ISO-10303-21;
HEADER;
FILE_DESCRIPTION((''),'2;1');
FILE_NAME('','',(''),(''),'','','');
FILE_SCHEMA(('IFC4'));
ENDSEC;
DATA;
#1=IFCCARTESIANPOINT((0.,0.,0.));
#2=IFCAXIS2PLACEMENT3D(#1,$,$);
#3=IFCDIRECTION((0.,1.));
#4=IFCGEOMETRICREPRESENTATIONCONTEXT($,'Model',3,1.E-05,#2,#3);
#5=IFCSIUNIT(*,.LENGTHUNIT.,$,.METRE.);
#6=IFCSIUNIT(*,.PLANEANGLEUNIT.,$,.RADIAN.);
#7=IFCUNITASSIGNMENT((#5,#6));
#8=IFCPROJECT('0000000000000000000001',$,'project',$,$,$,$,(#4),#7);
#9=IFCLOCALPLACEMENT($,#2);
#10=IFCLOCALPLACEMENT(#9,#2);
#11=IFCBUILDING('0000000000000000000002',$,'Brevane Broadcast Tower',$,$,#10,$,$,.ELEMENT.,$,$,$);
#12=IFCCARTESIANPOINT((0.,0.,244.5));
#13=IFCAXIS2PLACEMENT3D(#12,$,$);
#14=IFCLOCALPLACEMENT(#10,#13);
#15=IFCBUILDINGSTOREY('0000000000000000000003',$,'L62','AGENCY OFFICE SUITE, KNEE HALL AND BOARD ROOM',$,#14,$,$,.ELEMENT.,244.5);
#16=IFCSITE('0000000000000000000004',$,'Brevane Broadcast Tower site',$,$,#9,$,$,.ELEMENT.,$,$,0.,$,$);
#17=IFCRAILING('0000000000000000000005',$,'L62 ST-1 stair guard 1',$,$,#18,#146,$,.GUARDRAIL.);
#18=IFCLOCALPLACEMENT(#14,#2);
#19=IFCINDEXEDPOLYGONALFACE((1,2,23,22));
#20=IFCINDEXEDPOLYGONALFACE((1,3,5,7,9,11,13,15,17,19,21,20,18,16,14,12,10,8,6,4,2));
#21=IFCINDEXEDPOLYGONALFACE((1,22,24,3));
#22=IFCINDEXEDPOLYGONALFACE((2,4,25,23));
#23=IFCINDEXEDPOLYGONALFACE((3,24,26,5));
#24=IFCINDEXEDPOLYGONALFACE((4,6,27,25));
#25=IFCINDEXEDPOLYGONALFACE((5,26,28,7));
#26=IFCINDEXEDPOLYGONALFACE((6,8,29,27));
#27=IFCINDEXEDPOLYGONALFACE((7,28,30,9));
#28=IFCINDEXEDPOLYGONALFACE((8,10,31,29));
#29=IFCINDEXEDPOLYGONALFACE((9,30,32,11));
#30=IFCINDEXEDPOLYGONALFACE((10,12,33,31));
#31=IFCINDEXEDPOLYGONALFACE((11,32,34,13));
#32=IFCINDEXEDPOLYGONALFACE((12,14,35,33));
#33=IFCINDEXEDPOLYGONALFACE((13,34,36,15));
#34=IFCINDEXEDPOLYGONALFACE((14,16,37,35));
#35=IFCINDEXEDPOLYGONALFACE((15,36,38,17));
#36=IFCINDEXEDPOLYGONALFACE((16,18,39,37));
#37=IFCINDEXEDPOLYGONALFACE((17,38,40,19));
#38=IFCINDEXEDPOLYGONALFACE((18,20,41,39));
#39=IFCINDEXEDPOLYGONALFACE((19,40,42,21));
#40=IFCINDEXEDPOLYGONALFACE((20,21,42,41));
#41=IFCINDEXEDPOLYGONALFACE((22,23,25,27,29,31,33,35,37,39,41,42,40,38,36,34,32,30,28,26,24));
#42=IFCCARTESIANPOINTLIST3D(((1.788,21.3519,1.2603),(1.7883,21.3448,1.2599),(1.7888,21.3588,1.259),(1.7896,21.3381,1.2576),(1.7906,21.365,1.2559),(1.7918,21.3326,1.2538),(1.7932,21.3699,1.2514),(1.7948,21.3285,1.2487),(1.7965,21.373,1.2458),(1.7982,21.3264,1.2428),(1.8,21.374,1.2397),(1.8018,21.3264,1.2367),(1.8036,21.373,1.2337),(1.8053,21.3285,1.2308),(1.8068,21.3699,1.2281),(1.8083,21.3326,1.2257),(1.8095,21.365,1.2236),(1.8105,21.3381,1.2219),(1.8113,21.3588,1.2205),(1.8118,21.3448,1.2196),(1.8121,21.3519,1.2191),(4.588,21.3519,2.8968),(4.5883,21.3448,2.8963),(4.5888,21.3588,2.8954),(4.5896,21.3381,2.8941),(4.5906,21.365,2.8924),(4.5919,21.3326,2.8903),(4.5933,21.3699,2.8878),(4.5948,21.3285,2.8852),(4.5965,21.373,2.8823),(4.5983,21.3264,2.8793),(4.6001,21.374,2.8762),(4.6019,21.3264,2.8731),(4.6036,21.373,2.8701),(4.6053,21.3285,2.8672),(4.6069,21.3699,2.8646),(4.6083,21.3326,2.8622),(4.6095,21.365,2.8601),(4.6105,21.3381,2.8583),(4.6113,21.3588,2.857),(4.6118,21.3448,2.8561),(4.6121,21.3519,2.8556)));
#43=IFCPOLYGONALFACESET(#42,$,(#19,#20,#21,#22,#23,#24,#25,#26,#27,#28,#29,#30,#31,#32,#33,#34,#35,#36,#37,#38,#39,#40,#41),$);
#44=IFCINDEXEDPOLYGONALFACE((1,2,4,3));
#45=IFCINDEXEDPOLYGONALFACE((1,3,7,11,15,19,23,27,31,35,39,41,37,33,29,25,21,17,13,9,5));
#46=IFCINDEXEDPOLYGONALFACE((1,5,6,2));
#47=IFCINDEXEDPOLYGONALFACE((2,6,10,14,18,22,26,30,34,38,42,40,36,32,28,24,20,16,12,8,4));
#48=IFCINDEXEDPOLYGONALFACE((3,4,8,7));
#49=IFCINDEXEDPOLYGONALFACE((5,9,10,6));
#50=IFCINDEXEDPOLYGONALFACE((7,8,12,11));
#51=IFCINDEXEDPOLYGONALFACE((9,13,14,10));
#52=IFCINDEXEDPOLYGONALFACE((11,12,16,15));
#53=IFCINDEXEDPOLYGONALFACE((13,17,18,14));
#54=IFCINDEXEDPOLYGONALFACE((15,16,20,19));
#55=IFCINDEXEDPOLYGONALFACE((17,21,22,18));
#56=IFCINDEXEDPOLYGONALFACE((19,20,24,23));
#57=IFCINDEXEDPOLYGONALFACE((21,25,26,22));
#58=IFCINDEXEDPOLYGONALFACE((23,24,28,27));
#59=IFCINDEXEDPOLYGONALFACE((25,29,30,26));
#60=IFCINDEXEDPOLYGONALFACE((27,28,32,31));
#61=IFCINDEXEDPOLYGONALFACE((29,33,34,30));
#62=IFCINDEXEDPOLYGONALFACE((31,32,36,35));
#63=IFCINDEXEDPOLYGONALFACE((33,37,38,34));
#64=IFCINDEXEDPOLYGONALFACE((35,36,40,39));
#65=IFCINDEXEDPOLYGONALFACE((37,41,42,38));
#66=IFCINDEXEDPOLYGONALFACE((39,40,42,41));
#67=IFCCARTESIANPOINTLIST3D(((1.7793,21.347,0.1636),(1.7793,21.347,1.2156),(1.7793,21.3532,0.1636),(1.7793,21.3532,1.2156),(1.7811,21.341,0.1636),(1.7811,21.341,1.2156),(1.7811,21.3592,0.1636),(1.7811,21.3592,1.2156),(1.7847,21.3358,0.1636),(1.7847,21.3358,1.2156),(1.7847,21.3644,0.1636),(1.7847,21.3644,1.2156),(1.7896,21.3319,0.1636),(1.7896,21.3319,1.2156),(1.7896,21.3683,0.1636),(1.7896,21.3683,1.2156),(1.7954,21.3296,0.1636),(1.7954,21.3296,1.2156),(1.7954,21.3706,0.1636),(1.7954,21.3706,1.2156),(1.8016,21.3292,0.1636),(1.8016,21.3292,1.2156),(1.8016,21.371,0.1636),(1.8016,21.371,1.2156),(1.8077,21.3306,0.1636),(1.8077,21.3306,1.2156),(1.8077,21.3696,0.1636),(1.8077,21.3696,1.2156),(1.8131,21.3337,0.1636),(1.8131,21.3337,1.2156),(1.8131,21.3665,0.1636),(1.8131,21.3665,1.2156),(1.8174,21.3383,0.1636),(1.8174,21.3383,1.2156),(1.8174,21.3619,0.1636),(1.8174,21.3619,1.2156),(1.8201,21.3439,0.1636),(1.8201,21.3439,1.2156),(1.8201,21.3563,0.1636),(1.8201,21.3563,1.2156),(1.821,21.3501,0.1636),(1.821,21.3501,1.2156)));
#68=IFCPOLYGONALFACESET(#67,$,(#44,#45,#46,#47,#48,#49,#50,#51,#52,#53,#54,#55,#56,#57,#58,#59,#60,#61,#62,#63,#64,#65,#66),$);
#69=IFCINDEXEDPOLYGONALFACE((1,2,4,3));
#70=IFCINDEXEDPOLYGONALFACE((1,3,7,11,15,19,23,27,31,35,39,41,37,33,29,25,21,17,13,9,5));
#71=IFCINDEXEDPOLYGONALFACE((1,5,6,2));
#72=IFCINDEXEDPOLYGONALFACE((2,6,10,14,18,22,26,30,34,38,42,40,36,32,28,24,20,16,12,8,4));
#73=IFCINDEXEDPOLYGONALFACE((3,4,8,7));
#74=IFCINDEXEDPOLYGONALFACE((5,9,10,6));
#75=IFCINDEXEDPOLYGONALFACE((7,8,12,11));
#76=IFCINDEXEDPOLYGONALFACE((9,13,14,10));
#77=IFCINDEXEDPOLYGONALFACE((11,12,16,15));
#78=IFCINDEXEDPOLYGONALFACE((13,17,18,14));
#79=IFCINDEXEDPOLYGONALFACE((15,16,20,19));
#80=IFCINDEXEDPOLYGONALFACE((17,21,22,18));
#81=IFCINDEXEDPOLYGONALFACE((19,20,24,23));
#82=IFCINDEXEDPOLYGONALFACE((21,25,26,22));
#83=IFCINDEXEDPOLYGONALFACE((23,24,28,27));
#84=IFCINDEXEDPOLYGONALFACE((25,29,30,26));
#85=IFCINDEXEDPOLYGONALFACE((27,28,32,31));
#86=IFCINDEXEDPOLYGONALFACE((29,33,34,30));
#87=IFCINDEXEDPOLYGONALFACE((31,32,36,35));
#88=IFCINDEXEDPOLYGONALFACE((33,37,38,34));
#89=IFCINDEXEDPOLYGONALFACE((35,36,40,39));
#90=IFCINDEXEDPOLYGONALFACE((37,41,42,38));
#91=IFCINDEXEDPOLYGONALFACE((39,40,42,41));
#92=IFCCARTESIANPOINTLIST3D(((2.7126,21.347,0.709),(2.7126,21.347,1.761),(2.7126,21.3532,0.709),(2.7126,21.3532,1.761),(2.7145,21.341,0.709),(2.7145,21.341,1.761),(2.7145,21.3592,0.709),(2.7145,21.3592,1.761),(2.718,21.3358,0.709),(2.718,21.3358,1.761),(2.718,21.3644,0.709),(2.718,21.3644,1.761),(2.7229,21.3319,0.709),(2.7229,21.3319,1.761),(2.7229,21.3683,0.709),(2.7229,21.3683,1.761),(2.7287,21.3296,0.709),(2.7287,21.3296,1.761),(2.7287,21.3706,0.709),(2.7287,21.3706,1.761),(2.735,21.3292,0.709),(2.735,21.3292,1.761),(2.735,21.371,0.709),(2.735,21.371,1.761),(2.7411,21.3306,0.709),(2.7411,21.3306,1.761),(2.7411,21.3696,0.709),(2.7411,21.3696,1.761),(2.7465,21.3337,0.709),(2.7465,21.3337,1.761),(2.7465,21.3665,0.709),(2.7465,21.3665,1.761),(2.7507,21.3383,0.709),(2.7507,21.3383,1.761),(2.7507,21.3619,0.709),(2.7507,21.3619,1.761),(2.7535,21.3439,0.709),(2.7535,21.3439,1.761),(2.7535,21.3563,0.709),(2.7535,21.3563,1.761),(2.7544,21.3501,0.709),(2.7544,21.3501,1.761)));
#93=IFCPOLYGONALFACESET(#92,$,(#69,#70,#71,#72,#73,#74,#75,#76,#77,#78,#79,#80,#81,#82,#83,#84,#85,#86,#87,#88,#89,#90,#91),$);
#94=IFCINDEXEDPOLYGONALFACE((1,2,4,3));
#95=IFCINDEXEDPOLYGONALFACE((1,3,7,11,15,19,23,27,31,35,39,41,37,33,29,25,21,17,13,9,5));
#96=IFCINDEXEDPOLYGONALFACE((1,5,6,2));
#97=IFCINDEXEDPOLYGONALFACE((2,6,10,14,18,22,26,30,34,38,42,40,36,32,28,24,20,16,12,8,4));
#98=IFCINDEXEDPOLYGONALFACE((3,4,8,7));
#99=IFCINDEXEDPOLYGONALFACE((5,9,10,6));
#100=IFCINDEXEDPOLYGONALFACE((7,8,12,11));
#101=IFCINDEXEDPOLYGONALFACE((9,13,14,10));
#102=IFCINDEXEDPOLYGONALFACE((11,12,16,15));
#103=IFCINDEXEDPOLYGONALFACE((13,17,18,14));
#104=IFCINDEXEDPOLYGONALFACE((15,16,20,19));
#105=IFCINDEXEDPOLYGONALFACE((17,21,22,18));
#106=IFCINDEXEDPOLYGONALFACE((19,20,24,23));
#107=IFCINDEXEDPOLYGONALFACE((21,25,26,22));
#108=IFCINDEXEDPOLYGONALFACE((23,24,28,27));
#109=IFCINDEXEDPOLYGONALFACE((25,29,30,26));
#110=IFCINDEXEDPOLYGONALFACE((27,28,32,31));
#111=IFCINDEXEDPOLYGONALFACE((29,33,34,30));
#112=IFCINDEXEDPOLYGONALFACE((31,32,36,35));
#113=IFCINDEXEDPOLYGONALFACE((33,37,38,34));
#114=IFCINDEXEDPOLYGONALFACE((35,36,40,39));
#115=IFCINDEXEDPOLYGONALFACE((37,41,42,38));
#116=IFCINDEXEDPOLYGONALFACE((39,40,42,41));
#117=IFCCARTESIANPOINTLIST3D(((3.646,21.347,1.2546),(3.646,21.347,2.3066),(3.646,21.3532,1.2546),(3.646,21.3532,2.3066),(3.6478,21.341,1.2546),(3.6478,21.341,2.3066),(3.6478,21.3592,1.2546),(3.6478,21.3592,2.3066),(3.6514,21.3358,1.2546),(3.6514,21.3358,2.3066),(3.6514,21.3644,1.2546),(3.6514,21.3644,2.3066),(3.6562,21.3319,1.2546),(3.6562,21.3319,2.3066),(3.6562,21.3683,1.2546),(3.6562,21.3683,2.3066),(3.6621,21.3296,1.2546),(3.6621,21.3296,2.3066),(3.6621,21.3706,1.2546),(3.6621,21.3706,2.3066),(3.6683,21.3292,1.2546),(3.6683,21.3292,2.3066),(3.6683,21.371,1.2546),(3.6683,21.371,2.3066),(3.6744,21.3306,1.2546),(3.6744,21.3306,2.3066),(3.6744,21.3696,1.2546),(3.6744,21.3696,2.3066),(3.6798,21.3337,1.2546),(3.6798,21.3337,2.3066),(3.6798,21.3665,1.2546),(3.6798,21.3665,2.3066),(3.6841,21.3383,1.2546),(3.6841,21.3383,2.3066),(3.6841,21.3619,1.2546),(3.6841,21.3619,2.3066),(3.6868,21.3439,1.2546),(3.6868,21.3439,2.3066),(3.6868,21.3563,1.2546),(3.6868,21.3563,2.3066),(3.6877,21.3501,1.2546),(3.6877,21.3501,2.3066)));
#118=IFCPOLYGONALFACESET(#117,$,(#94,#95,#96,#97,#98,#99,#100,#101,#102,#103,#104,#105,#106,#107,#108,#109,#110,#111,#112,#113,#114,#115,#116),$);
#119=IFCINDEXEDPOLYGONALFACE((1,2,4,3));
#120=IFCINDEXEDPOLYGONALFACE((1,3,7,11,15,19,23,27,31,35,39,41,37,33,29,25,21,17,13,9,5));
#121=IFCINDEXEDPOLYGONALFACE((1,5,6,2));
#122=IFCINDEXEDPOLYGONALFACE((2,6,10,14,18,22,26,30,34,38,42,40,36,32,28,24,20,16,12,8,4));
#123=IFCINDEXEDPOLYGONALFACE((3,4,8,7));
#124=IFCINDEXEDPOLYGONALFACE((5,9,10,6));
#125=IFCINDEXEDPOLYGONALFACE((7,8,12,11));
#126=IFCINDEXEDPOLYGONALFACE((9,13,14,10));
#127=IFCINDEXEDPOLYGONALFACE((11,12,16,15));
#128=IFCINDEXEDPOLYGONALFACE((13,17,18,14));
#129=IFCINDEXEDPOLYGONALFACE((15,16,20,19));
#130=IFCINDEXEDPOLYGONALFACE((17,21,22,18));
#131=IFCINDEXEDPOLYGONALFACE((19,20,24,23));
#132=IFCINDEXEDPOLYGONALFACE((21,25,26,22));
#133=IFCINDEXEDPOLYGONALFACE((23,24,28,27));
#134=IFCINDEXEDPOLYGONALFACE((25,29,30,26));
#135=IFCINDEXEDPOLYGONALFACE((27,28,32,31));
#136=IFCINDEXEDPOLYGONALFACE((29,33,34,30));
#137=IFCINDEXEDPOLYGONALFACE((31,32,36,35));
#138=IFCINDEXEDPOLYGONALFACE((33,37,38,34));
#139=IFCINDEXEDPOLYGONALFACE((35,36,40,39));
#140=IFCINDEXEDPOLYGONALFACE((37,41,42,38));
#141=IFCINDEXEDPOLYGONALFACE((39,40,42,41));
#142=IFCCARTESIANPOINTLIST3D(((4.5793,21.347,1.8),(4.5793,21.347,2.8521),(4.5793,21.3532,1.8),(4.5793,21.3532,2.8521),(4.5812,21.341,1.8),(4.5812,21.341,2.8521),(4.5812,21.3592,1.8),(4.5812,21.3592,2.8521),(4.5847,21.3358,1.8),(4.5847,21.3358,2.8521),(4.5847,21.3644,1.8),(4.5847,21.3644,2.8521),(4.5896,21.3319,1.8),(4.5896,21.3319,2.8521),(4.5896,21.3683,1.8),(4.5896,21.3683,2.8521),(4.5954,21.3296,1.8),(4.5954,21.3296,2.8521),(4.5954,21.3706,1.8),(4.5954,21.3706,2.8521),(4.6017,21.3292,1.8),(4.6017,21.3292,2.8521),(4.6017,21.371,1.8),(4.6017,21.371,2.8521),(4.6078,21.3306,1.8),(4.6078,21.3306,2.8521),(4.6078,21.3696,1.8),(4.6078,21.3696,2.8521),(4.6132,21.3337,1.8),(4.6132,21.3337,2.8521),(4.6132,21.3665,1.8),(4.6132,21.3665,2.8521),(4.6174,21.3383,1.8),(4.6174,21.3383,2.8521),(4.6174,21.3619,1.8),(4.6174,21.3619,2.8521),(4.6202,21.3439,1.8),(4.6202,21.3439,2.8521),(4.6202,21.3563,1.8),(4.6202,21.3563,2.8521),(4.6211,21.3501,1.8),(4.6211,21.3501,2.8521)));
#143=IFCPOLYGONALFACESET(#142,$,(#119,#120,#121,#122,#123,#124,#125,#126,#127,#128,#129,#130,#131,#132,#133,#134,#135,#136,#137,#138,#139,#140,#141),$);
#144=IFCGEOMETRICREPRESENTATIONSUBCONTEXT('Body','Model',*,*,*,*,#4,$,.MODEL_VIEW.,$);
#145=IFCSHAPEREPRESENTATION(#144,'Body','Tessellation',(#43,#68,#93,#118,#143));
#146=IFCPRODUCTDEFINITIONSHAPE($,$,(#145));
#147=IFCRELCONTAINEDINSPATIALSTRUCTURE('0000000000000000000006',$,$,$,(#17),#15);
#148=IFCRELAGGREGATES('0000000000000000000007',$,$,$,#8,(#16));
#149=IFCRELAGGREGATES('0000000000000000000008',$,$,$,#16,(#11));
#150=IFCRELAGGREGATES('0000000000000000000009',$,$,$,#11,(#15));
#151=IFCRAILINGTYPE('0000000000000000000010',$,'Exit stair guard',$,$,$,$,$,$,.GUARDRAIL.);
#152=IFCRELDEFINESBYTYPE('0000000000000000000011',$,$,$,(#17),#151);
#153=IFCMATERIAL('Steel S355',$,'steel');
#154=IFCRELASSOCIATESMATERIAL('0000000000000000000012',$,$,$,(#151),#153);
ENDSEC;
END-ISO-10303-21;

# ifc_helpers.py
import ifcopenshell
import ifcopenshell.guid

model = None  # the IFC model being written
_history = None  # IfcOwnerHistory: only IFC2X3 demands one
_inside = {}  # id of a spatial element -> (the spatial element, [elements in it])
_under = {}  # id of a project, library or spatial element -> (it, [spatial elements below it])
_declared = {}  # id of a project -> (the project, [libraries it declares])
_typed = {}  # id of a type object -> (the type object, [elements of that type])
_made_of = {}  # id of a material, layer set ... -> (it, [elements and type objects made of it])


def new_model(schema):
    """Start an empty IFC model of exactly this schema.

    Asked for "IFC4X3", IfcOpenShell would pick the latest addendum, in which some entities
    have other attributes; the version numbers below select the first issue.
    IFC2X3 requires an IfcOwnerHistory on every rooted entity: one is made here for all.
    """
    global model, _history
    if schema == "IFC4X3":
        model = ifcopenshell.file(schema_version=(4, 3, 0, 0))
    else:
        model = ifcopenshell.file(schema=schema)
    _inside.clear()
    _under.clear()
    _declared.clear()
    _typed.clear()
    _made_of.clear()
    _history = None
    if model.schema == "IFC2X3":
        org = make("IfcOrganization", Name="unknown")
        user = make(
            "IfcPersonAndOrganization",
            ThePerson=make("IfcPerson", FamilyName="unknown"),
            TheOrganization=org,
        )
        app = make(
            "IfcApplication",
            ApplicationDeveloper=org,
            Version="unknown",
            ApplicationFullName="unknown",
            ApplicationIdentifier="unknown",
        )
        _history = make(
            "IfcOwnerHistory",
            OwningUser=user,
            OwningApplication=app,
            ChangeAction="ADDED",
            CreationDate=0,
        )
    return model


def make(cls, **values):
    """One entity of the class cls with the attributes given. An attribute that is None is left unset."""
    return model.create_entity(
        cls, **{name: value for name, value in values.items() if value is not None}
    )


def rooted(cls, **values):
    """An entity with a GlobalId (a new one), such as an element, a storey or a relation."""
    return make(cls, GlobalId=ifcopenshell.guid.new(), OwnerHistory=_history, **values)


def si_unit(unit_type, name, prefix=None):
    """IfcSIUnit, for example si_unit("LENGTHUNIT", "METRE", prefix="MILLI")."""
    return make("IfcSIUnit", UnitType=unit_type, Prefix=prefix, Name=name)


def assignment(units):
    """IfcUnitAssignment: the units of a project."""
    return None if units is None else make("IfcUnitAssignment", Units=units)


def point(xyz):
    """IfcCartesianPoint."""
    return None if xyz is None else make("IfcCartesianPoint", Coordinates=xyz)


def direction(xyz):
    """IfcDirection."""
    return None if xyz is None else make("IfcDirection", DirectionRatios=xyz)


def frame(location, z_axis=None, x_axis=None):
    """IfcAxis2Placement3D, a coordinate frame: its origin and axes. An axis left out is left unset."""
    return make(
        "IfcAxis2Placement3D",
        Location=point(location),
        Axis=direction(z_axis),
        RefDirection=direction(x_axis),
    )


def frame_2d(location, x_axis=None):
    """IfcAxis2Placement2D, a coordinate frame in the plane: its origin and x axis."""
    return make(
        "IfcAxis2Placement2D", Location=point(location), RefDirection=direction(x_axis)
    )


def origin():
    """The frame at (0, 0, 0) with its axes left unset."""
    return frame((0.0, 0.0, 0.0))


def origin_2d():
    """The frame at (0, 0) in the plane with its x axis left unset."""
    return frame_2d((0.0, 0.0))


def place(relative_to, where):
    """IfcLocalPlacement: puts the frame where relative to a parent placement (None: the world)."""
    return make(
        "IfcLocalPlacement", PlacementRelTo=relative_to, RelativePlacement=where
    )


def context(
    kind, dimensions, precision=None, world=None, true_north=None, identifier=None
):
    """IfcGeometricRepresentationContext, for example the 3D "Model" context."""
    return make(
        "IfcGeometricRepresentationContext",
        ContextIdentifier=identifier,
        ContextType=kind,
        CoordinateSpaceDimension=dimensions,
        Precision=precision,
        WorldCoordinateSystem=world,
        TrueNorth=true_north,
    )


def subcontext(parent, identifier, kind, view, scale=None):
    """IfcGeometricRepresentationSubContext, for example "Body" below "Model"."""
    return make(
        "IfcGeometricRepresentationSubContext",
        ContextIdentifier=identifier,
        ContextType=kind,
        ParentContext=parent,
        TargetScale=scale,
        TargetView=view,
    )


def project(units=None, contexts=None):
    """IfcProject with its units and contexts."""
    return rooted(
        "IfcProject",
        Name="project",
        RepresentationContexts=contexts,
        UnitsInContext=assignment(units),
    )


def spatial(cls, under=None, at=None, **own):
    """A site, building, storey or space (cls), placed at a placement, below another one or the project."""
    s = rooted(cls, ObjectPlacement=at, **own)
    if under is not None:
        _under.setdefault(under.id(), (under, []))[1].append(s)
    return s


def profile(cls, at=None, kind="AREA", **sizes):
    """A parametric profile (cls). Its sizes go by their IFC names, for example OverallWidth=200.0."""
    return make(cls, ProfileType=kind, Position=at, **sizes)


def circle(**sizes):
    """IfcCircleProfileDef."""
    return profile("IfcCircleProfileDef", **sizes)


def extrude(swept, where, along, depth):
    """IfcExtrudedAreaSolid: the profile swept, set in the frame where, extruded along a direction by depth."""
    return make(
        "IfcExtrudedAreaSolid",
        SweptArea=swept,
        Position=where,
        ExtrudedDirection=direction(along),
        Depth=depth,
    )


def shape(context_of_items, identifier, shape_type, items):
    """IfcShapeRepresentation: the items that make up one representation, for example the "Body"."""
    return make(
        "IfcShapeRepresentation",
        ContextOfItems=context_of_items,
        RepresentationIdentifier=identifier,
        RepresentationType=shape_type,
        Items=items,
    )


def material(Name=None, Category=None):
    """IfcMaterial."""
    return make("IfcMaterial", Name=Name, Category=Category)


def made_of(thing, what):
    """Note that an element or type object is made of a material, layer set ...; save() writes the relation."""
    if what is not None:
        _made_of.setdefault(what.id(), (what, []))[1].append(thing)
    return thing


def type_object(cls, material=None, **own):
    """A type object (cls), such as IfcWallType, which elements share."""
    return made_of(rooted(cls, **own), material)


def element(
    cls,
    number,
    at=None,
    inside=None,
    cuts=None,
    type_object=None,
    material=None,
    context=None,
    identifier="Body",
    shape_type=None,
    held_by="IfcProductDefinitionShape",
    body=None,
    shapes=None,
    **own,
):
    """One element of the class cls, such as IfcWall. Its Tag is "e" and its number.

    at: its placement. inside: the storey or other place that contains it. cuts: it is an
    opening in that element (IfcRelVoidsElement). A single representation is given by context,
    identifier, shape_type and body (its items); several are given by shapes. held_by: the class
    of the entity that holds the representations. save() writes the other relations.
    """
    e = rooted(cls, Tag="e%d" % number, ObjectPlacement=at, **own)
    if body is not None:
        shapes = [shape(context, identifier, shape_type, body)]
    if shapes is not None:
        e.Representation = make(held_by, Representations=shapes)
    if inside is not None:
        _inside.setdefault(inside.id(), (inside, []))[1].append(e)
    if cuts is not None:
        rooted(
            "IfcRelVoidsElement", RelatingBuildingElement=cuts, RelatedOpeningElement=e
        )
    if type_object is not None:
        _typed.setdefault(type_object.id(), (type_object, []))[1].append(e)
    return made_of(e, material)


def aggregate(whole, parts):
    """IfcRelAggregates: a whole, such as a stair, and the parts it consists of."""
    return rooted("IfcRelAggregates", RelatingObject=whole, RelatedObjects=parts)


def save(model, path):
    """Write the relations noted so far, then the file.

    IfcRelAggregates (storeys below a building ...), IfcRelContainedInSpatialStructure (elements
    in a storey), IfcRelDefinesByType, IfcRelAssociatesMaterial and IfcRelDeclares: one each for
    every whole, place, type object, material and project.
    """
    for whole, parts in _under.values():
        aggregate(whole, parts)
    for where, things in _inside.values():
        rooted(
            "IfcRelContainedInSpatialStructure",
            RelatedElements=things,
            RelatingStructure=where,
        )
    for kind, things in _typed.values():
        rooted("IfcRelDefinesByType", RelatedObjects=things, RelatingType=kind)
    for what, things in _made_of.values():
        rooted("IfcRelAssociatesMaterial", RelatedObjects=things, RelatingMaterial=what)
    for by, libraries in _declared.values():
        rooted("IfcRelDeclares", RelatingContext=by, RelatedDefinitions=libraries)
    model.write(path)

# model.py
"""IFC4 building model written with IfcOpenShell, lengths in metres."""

from ifc_helpers import new_model, si_unit, direction, frame, origin, origin_2d, place, context, subcontext, project, spatial, circle, extrude, material, type_object, element, save


model = new_model("IFC4")

# Units and contexts
model_context = context("Model", 3, precision=1e-05, world=origin(), true_north=direction((0.0, 1.0)))
body_context = subcontext(model_context, "Body", "Model", "MODEL_VIEW")
ifc_project = project(units=[si_unit("LENGTHUNIT", "METRE"), si_unit("PLANEANGLEUNIT", "RADIAN")], contexts=[model_context])

# Site, building, storey
site_placement = place(None, origin())
site = spatial("IfcSite", under=ifc_project, at=site_placement, Name="Brevane Broadcast Tower site", CompositionType="ELEMENT", RefElevation=0.0)
building_placement = place(site_placement, origin())
building = spatial("IfcBuilding", under=site, at=building_placement, Name="Brevane Broadcast Tower", CompositionType="ELEMENT")
storey_placement = place(building_placement, frame((0.0, 0.0, 244.5)))
storey = spatial("IfcBuildingStorey", under=building, at=storey_placement, Name="L62", Description="AGENCY OFFICE SUITE, KNEE HALL AND BOARD ROOM", CompositionType="ELEMENT", Elevation=244.5)

# Railing
ifc_material_1 = material(Name="Steel S355", Category="steel")
railing_type_1 = type_object("IfcRailingType", Name="Exit stair guard", PredefinedType="GUARDRAIL", material=ifc_material_1)
railing_1_placement = place(storey_placement, frame((1.8, 21.3501, 0.1636)))
element("IfcRailing", 1, at=railing_1_placement, inside=storey, type_object=railing_type_1, Name="L62 ST-1 stair guard 1", PredefinedType="GUARDRAIL", context=body_context, shape_type="SweptSolid", body=[
    extrude(circle(Radius=0.0239, at=origin_2d()), frame((0.0, 0.0, 1.0762), z_axis=(0.863361, 0.0, 0.504587), x_axis=(0.0, 1.0, 0.0)), (0.0, 0.0, 1.0), 3.2432),
    extrude(circle(Radius=0.021, at=origin_2d()), origin(), (0.0, 0.0, 1.0), 1.052),
    extrude(circle(Radius=0.021, at=origin_2d()), frame((0.9333, 0.0, 0.5454)), (0.0, 0.0, 1.0), 1.052),
    extrude(circle(Radius=0.021, at=origin_2d()), frame((1.8667, 0.0, 1.0911)), (0.0, 0.0, 1.0), 1.052),
    extrude(circle(Radius=0.021, at=origin_2d()), frame((2.8, 0.0, 1.6365)), (0.0, 0.0, 1.0), 1.052),
])

save(model, "model.ifc")
